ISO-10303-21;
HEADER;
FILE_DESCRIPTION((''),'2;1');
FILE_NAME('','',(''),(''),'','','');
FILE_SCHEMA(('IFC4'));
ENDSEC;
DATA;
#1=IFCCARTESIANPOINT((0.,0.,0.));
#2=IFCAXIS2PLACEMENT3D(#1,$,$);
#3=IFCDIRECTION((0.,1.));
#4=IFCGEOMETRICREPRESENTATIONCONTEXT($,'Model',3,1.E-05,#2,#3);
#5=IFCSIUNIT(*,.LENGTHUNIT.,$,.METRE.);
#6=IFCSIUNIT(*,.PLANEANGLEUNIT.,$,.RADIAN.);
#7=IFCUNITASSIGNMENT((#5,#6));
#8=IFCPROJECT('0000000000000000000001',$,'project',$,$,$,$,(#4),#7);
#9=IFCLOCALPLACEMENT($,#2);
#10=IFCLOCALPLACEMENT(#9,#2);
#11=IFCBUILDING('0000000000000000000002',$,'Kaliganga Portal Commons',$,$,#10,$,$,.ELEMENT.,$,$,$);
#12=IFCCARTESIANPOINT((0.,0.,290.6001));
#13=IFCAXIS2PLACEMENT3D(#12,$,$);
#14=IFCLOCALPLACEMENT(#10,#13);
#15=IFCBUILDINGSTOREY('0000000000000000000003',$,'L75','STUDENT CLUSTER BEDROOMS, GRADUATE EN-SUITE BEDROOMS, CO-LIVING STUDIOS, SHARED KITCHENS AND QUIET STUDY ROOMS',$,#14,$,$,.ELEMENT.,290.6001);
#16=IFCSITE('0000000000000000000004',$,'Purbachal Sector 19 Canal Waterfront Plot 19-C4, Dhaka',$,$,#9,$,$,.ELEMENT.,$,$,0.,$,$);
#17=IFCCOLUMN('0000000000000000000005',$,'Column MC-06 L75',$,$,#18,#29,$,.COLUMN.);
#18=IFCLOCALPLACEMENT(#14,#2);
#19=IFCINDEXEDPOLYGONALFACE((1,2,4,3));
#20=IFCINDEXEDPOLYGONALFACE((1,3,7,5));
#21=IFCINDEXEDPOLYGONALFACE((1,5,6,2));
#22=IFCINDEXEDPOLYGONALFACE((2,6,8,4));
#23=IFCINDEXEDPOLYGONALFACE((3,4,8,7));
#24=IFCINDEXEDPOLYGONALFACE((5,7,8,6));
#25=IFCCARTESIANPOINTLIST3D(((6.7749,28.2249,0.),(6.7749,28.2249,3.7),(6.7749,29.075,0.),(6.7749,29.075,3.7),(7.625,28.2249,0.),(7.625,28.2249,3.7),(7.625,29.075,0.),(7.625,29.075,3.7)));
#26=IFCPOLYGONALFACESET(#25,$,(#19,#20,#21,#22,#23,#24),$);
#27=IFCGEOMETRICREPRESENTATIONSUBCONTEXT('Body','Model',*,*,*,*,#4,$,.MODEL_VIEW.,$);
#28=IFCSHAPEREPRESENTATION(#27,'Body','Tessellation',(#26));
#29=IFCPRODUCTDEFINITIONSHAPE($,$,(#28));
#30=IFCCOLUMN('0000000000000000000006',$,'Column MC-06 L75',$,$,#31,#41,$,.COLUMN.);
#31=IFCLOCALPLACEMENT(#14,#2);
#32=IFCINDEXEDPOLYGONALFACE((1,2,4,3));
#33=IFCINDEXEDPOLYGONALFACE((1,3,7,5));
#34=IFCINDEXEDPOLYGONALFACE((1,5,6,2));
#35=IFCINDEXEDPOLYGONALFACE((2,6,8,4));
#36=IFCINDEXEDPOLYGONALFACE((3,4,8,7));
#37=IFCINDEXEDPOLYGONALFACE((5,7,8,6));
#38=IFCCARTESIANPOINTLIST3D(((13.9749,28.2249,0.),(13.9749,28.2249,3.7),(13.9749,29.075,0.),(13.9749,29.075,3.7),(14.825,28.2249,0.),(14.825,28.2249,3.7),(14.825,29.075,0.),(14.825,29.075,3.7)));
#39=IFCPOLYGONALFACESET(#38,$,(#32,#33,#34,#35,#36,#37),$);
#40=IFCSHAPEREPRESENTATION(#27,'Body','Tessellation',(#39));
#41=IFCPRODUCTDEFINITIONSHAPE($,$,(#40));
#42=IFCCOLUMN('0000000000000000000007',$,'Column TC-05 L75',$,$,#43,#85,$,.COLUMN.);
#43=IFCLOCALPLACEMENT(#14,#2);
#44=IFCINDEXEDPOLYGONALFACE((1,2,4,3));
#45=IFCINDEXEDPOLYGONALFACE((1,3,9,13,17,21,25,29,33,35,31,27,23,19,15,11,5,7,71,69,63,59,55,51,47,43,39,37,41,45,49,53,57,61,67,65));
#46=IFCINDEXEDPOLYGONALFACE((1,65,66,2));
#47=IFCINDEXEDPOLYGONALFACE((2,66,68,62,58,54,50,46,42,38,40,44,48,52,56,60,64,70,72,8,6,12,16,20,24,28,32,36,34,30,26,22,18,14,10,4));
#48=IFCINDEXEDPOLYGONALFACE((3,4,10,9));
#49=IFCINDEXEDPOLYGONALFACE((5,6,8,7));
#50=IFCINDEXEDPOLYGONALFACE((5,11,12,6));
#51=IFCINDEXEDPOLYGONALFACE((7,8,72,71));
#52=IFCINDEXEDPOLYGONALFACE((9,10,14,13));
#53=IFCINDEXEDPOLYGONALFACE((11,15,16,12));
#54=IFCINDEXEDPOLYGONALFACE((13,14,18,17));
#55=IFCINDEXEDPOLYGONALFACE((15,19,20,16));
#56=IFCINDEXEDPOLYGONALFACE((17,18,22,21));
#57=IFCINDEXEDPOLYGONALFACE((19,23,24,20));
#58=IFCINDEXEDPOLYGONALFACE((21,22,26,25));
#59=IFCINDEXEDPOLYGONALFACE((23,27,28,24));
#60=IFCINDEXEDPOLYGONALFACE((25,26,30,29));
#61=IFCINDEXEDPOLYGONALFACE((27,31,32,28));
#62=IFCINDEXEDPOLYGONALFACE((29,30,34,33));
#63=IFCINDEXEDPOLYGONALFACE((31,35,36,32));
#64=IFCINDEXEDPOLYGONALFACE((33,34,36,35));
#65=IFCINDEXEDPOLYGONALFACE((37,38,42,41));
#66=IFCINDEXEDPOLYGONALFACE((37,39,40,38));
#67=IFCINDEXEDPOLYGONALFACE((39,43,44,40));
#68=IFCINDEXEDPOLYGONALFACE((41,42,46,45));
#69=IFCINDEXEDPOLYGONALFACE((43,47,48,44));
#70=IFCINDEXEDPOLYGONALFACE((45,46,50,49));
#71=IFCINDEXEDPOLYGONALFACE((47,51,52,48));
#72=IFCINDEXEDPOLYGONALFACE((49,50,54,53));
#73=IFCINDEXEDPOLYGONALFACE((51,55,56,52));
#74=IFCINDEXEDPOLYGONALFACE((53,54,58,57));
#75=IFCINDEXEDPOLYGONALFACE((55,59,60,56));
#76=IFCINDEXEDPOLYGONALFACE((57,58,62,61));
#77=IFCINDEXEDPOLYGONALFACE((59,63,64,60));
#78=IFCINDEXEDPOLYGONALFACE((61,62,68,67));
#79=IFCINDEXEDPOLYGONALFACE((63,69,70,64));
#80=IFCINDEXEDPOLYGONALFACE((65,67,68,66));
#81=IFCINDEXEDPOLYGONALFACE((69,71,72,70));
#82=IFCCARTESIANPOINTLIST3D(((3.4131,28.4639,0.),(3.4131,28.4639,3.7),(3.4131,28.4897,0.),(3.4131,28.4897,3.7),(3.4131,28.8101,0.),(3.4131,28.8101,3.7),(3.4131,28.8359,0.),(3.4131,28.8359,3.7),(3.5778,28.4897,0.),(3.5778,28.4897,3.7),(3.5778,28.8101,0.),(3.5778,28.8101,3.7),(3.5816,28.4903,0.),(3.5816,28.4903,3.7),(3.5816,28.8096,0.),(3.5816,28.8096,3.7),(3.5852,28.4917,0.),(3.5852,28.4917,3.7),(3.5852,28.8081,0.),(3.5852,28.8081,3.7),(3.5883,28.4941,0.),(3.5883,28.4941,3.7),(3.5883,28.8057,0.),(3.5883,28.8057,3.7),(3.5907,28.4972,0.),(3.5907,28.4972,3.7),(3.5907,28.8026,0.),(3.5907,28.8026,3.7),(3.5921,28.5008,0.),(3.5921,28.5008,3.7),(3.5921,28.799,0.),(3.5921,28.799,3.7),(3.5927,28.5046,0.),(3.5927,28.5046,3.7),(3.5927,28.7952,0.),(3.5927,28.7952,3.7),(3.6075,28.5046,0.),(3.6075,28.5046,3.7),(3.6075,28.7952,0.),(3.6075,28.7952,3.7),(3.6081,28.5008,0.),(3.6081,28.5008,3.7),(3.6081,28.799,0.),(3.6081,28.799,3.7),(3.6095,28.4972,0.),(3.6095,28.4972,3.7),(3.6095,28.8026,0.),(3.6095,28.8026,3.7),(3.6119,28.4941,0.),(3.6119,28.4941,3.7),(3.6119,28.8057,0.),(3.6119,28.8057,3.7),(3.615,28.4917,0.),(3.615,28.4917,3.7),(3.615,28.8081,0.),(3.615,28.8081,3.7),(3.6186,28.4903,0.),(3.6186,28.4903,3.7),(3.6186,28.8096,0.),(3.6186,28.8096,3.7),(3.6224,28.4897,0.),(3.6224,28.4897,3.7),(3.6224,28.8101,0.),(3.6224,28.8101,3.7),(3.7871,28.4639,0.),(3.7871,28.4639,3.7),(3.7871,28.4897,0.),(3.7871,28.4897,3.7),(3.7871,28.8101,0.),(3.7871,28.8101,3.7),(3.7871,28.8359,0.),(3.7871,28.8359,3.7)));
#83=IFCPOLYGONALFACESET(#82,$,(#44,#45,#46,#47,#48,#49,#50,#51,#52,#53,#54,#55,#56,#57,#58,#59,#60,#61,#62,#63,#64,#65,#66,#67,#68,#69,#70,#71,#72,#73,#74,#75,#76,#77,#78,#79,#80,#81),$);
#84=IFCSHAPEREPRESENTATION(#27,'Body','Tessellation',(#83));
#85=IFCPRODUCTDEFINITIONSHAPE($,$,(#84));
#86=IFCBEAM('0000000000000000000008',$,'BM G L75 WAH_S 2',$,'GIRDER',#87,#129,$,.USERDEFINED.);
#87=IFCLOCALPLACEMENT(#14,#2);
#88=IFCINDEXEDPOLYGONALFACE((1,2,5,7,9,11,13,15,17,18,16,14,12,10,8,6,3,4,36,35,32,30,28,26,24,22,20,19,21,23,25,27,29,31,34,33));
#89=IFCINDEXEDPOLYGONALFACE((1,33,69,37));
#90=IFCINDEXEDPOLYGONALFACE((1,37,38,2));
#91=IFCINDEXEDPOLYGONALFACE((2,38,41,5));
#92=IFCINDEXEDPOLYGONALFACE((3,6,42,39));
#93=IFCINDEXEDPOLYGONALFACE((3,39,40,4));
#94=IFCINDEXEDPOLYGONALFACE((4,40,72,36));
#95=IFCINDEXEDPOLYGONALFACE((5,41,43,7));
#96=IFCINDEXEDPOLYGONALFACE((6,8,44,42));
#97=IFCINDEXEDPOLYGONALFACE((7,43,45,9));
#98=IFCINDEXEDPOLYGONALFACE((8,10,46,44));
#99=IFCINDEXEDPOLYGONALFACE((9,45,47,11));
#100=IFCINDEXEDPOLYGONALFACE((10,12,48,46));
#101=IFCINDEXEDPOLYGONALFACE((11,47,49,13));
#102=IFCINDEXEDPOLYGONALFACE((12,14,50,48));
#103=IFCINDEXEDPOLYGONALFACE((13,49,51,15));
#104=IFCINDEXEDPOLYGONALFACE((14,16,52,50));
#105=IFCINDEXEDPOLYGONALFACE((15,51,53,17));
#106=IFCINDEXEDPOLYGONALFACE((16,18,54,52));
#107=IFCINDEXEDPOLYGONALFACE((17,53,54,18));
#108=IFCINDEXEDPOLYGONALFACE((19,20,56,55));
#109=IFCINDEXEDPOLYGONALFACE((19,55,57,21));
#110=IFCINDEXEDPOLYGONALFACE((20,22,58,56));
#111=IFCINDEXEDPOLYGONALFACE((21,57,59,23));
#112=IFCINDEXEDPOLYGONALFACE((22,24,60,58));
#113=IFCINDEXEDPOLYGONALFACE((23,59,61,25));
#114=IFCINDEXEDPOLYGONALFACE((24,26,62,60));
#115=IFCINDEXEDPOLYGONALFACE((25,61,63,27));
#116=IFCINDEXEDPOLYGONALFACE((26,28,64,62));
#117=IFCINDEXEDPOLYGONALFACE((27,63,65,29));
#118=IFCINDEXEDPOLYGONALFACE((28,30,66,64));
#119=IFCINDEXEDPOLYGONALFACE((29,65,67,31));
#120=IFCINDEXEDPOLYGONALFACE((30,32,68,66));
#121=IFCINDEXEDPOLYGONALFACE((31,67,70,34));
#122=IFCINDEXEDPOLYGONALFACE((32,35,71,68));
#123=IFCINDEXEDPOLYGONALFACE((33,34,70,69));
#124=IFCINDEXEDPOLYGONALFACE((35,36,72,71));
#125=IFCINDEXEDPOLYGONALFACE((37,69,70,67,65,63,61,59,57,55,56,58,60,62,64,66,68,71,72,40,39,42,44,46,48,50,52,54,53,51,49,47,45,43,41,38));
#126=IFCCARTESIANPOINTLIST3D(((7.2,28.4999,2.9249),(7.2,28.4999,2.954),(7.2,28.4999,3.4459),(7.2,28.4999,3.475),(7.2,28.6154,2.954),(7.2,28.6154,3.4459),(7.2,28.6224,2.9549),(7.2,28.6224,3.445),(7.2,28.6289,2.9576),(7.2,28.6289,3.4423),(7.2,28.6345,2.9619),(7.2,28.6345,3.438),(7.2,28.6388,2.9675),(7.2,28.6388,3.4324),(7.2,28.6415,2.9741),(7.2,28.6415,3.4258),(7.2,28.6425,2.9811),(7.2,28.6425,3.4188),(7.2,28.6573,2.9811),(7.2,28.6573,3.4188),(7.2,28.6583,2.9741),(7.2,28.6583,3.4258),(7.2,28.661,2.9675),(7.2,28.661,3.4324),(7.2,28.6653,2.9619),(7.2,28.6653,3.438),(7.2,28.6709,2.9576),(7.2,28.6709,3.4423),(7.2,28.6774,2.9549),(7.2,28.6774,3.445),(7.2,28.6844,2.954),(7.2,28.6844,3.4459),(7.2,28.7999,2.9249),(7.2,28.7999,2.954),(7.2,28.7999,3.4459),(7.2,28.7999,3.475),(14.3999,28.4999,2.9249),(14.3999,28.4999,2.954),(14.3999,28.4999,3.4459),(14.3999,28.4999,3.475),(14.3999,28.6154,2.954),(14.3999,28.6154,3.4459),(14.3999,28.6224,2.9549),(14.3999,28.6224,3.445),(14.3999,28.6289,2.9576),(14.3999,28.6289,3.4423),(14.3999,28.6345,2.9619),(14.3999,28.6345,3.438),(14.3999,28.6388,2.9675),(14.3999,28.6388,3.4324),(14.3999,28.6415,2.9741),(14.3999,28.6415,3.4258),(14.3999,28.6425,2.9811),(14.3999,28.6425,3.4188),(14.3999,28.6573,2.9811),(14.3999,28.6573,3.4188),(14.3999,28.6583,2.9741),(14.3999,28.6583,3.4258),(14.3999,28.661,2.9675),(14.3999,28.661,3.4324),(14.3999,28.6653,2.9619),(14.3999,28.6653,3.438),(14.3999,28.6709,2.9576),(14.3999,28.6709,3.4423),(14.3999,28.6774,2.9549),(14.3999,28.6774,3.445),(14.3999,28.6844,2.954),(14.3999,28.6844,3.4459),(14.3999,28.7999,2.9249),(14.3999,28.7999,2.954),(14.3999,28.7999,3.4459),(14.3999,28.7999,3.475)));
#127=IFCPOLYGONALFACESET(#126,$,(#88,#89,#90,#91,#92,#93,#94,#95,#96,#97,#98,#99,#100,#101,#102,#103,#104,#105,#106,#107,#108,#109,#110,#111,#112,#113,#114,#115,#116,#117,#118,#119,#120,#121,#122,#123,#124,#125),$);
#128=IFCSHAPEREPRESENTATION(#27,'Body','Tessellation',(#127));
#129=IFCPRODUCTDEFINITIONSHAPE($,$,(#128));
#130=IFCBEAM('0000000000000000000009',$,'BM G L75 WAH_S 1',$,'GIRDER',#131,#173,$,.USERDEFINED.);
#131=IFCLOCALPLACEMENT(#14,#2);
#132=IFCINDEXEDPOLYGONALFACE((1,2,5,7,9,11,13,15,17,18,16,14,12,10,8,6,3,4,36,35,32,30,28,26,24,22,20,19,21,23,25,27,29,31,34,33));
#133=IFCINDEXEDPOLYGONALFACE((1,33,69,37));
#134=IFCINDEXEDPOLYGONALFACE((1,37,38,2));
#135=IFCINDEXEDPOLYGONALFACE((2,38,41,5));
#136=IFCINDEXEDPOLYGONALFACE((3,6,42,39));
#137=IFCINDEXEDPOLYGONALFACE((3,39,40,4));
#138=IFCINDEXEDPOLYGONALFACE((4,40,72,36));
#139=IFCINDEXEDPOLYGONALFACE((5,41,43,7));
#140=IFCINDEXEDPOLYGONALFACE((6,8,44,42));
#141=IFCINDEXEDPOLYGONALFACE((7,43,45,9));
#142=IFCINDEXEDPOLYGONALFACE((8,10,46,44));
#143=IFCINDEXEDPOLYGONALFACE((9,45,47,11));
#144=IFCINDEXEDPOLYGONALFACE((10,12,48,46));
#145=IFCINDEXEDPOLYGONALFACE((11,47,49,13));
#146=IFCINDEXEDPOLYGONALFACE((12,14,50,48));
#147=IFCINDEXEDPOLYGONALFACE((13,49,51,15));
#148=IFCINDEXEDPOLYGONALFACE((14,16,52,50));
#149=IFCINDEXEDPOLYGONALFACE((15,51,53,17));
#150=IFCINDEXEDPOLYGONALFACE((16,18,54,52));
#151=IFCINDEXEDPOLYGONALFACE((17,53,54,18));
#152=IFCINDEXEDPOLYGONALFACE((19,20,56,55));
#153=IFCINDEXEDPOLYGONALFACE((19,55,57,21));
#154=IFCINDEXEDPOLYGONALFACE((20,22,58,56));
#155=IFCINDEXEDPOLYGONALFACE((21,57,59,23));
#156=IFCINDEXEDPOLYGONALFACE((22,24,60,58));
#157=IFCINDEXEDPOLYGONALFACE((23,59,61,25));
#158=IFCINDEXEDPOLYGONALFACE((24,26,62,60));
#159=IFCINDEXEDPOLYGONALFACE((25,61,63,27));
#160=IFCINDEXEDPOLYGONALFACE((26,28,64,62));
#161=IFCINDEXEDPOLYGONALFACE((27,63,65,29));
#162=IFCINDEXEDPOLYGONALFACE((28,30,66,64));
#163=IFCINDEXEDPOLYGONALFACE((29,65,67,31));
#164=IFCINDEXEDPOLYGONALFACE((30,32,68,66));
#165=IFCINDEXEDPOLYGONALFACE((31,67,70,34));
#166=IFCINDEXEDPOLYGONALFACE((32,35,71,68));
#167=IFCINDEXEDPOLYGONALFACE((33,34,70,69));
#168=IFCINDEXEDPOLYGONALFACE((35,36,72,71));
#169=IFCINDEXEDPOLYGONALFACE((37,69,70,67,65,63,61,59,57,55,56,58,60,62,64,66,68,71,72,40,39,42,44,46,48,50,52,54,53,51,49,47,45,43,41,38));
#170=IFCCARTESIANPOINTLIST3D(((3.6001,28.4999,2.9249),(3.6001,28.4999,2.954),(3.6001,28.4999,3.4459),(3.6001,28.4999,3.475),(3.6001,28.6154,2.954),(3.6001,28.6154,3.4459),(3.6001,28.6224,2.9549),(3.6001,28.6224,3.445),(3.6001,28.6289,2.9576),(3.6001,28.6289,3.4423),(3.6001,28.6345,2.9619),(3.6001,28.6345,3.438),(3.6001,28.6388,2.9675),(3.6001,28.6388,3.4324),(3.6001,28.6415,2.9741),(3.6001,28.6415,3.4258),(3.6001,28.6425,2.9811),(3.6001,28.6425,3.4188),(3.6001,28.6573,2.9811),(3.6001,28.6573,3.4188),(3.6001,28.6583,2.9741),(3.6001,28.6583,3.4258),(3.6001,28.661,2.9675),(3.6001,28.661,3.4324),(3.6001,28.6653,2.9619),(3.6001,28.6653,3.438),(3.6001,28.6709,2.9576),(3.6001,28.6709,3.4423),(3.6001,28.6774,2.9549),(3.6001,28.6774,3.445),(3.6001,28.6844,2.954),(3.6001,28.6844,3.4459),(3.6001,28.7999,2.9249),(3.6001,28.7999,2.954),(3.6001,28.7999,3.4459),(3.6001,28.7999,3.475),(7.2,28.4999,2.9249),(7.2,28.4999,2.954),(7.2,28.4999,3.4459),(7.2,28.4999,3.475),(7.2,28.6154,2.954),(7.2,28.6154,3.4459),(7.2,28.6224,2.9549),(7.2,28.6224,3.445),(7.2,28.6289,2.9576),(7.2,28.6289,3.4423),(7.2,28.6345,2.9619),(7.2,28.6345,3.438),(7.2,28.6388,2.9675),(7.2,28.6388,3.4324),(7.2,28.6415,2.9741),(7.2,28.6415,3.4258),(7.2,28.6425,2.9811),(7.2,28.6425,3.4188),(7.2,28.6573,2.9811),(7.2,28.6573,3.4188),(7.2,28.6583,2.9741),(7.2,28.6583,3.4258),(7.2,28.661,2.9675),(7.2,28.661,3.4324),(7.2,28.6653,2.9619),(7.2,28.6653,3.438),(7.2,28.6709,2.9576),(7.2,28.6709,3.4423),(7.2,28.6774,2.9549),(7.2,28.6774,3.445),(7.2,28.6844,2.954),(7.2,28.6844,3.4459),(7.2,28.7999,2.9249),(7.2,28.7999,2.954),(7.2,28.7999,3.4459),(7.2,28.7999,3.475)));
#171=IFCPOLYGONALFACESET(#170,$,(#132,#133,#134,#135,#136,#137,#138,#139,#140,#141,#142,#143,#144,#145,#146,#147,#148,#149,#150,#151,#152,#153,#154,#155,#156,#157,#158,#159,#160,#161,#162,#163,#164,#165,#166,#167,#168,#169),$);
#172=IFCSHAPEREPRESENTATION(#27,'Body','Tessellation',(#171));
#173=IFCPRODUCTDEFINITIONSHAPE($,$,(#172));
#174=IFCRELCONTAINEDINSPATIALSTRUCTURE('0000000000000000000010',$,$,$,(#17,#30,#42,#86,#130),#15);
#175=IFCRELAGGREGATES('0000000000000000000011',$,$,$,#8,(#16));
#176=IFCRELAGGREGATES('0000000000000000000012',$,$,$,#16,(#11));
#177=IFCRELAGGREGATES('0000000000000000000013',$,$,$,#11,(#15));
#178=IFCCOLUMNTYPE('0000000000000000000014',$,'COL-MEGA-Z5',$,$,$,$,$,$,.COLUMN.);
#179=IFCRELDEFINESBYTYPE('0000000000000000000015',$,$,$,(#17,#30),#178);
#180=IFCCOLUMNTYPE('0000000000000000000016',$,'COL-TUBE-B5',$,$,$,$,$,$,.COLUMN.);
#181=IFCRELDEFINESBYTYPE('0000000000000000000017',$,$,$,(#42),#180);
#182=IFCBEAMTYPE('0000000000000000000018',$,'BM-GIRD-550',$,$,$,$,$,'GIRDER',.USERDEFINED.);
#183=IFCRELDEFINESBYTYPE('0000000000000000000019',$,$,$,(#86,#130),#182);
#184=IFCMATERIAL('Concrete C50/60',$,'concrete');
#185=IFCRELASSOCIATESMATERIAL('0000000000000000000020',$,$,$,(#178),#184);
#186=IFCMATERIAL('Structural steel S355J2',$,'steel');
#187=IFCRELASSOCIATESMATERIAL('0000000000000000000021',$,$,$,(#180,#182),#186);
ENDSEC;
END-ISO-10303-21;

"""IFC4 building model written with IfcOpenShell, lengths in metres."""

from ifc_helpers import new_model, si_unit, direction, frame, origin, origin_2d, place, context, subcontext, project, spatial, rectangle, i_section, extrude, source, transform, mapped, material, material_profile, profile_set, type_object, element, save


model = new_model("IFC4")

# Units and contexts
model_context = context("Model", 3, precision=1e-05, world=origin(), true_north=direction((0.0, 1.0)))
body_context = subcontext(model_context, "Body", "Model", "MODEL_VIEW")
ifc_project = project(units=[si_unit("LENGTHUNIT", "METRE"), si_unit("PLANEANGLEUNIT", "RADIAN")], contexts=[model_context])

# Site, building, storey
site_placement = place(None, origin())
site = spatial("IfcSite", under=ifc_project, at=site_placement, Name="Purbachal Sector 19 Canal Waterfront Plot 19-C4, Dhaka", CompositionType="ELEMENT", RefElevation=0.0)
building_placement = place(site_placement, origin())
building = spatial("IfcBuilding", under=site, at=building_placement, Name="Kaliganga Portal Commons", CompositionType="ELEMENT")
storey_placement = place(building_placement, frame((0.0, 0.0, 290.6001)))
storey = spatial("IfcBuildingStorey", under=building, at=storey_placement, Name="L75", Description="STUDENT CLUSTER BEDROOMS, GRADUATE EN-SUITE BEDROOMS, CO-LIVING STUDIOS, SHARED KITCHENS AND QUIET STUDY ROOMS", CompositionType="ELEMENT", Elevation=290.6001)

# Columns
ifc_material_1 = material(Name="Concrete C50/60", Category="concrete")
ifc_material_profile_1 = material_profile(ifc_material_1, rectangle(XDim=0.8501, YDim=0.8501, at=origin_2d()), Name="RC 850x850")
ifc_profile_set_1 = profile_set([ifc_material_profile_1], Name="Concrete C50/60")
column_type_1 = type_object("IfcColumnType", Name="COL-MEGA-Z5", PredefinedType="COLUMN", material=ifc_profile_set_1)
shared_shape_1 = source(origin(), body_context, "Body", "SweptSolid", [
    extrude(rectangle(XDim=0.8501, YDim=0.8501, at=origin_2d()), origin(), (0.0, 0.0, 1.0), 3.7),
])
for number, where, z_axis, x_axis, name in (
    (1, (7.2, 28.6499, 0.0), (0.0, 0.0, 1.0), (1.0, 0.0, 0.0), "Column MC-06 L75"),
    (2, (14.3999, 28.6499, 0.0), (0.0, 0.0, 1.0), (1.0, 0.0, 0.0), "Column MC-06 L75"),
):
    element("IfcColumn", number, at=place(storey_placement, frame(where, z_axis=z_axis, x_axis=x_axis)), inside=storey, type_object=column_type_1, Name=name, PredefinedType="COLUMN", context=body_context, shape_type="MappedRepresentation", body=[
        mapped(shared_shape_1, transform((0.0, 0.0, 0.0), x_axis=(1.0, 0.0, 0.0), y_axis=(0.0, 1.0, 0.0), z_axis=(0.0, 0.0, 1.0), scale=1.0)),
    ])
ifc_material_2 = material(Name="Structural steel S355J2", Category="steel")
ifc_material_profile_2 = material_profile(ifc_material_2, i_section(OverallWidth=0.374, OverallDepth=0.3721, WebThickness=0.0149, FlangeThickness=0.0259, FilletRadius=0.0149, at=origin_2d()), Name="HD 360x196")
ifc_profile_set_2 = profile_set([ifc_material_profile_2], Name="Structural steel S355J2 wide-flange")
column_type_2 = type_object("IfcColumnType", Name="COL-TUBE-B5", PredefinedType="COLUMN", material=ifc_profile_set_2)
shared_shape_2 = source(origin(), body_context, "Body", "SweptSolid", [
    extrude(i_section(OverallWidth=0.374, OverallDepth=0.3721, WebThickness=0.0149, FlangeThickness=0.0259, FilletRadius=0.0149, at=origin_2d()), origin(), (0.0, 0.0, 1.0), 3.7),
])
column_placement = place(storey_placement, frame((3.6001, 28.6499, 0.0), z_axis=(0.0, 0.0, 1.0), x_axis=(1.0, 0.0, 0.0)))
element("IfcColumn", 3, at=column_placement, inside=storey, type_object=column_type_2, Name="Column TC-05 L75", PredefinedType="COLUMN", context=body_context, shape_type="MappedRepresentation", body=[
    mapped(shared_shape_2, transform((0.0, 0.0, 0.0), x_axis=(1.0, 0.0, 0.0), y_axis=(0.0, 1.0, 0.0), z_axis=(0.0, 0.0, 1.0), scale=1.0)),
])

# Beams
ifc_material_profile_3 = material_profile(ifc_material_2, i_section(OverallWidth=0.3, OverallDepth=0.55, WebThickness=0.0149, FlangeThickness=0.0291, FilletRadius=0.0271, at=origin_2d()), Name="HE 550 B")
ifc_profile_set_3 = profile_set([ifc_material_profile_3], Name="Structural steel S355J2 wide-flange")
beam_type_1 = type_object("IfcBeamType", Name="BM-GIRD-550", ElementType="GIRDER", PredefinedType="USERDEFINED", material=ifc_profile_set_3)
shared_shape_3 = source(origin(), body_context, "Body", "SweptSolid", [
    extrude(i_section(OverallWidth=0.3, OverallDepth=0.55, WebThickness=0.0149, FlangeThickness=0.0291, FilletRadius=0.0271, at=origin_2d()), origin(), (0.0, 0.0, 1.0), 7.2),
])
beam_1_placement = place(storey_placement, frame((7.2, 28.6499, 3.2), z_axis=(1.0, 0.0, 0.0), x_axis=(0.0, 1.0, 0.0)))
element("IfcBeam", 4, at=beam_1_placement, inside=storey, type_object=beam_type_1, Name="BM G L75 WAH_S 2", ObjectType="GIRDER", PredefinedType="USERDEFINED", context=body_context, shape_type="MappedRepresentation", body=[
    mapped(shared_shape_3, transform((0.0, 0.0, 0.0), x_axis=(1.0, 0.0, 0.0), y_axis=(0.0, 1.0, 0.0), z_axis=(0.0, 0.0, 1.0), scale=1.0)),
])
shared_shape_4 = source(origin(), body_context, "Body", "SweptSolid", [
    extrude(i_section(OverallWidth=0.3, OverallDepth=0.55, WebThickness=0.0149, FlangeThickness=0.0291, FilletRadius=0.0271, at=origin_2d()), origin(), (0.0, 0.0, 1.0), 3.5999),
])
beam_2_placement = place(storey_placement, frame((3.6001, 28.6499, 3.2), z_axis=(1.0, 0.0, 0.0), x_axis=(0.0, 1.0, 0.0)))
element("IfcBeam", 5, at=beam_2_placement, inside=storey, type_object=beam_type_1, Name="BM G L75 WAH_S 1", ObjectType="GIRDER", PredefinedType="USERDEFINED", context=body_context, shape_type="MappedRepresentation", body=[
    mapped(shared_shape_4, transform((0.0, 0.0, 0.0), x_axis=(1.0, 0.0, 0.0), y_axis=(0.0, 1.0, 0.0), z_axis=(0.0, 0.0, 1.0), scale=1.0)),
])

save(model, "model.ifc")
